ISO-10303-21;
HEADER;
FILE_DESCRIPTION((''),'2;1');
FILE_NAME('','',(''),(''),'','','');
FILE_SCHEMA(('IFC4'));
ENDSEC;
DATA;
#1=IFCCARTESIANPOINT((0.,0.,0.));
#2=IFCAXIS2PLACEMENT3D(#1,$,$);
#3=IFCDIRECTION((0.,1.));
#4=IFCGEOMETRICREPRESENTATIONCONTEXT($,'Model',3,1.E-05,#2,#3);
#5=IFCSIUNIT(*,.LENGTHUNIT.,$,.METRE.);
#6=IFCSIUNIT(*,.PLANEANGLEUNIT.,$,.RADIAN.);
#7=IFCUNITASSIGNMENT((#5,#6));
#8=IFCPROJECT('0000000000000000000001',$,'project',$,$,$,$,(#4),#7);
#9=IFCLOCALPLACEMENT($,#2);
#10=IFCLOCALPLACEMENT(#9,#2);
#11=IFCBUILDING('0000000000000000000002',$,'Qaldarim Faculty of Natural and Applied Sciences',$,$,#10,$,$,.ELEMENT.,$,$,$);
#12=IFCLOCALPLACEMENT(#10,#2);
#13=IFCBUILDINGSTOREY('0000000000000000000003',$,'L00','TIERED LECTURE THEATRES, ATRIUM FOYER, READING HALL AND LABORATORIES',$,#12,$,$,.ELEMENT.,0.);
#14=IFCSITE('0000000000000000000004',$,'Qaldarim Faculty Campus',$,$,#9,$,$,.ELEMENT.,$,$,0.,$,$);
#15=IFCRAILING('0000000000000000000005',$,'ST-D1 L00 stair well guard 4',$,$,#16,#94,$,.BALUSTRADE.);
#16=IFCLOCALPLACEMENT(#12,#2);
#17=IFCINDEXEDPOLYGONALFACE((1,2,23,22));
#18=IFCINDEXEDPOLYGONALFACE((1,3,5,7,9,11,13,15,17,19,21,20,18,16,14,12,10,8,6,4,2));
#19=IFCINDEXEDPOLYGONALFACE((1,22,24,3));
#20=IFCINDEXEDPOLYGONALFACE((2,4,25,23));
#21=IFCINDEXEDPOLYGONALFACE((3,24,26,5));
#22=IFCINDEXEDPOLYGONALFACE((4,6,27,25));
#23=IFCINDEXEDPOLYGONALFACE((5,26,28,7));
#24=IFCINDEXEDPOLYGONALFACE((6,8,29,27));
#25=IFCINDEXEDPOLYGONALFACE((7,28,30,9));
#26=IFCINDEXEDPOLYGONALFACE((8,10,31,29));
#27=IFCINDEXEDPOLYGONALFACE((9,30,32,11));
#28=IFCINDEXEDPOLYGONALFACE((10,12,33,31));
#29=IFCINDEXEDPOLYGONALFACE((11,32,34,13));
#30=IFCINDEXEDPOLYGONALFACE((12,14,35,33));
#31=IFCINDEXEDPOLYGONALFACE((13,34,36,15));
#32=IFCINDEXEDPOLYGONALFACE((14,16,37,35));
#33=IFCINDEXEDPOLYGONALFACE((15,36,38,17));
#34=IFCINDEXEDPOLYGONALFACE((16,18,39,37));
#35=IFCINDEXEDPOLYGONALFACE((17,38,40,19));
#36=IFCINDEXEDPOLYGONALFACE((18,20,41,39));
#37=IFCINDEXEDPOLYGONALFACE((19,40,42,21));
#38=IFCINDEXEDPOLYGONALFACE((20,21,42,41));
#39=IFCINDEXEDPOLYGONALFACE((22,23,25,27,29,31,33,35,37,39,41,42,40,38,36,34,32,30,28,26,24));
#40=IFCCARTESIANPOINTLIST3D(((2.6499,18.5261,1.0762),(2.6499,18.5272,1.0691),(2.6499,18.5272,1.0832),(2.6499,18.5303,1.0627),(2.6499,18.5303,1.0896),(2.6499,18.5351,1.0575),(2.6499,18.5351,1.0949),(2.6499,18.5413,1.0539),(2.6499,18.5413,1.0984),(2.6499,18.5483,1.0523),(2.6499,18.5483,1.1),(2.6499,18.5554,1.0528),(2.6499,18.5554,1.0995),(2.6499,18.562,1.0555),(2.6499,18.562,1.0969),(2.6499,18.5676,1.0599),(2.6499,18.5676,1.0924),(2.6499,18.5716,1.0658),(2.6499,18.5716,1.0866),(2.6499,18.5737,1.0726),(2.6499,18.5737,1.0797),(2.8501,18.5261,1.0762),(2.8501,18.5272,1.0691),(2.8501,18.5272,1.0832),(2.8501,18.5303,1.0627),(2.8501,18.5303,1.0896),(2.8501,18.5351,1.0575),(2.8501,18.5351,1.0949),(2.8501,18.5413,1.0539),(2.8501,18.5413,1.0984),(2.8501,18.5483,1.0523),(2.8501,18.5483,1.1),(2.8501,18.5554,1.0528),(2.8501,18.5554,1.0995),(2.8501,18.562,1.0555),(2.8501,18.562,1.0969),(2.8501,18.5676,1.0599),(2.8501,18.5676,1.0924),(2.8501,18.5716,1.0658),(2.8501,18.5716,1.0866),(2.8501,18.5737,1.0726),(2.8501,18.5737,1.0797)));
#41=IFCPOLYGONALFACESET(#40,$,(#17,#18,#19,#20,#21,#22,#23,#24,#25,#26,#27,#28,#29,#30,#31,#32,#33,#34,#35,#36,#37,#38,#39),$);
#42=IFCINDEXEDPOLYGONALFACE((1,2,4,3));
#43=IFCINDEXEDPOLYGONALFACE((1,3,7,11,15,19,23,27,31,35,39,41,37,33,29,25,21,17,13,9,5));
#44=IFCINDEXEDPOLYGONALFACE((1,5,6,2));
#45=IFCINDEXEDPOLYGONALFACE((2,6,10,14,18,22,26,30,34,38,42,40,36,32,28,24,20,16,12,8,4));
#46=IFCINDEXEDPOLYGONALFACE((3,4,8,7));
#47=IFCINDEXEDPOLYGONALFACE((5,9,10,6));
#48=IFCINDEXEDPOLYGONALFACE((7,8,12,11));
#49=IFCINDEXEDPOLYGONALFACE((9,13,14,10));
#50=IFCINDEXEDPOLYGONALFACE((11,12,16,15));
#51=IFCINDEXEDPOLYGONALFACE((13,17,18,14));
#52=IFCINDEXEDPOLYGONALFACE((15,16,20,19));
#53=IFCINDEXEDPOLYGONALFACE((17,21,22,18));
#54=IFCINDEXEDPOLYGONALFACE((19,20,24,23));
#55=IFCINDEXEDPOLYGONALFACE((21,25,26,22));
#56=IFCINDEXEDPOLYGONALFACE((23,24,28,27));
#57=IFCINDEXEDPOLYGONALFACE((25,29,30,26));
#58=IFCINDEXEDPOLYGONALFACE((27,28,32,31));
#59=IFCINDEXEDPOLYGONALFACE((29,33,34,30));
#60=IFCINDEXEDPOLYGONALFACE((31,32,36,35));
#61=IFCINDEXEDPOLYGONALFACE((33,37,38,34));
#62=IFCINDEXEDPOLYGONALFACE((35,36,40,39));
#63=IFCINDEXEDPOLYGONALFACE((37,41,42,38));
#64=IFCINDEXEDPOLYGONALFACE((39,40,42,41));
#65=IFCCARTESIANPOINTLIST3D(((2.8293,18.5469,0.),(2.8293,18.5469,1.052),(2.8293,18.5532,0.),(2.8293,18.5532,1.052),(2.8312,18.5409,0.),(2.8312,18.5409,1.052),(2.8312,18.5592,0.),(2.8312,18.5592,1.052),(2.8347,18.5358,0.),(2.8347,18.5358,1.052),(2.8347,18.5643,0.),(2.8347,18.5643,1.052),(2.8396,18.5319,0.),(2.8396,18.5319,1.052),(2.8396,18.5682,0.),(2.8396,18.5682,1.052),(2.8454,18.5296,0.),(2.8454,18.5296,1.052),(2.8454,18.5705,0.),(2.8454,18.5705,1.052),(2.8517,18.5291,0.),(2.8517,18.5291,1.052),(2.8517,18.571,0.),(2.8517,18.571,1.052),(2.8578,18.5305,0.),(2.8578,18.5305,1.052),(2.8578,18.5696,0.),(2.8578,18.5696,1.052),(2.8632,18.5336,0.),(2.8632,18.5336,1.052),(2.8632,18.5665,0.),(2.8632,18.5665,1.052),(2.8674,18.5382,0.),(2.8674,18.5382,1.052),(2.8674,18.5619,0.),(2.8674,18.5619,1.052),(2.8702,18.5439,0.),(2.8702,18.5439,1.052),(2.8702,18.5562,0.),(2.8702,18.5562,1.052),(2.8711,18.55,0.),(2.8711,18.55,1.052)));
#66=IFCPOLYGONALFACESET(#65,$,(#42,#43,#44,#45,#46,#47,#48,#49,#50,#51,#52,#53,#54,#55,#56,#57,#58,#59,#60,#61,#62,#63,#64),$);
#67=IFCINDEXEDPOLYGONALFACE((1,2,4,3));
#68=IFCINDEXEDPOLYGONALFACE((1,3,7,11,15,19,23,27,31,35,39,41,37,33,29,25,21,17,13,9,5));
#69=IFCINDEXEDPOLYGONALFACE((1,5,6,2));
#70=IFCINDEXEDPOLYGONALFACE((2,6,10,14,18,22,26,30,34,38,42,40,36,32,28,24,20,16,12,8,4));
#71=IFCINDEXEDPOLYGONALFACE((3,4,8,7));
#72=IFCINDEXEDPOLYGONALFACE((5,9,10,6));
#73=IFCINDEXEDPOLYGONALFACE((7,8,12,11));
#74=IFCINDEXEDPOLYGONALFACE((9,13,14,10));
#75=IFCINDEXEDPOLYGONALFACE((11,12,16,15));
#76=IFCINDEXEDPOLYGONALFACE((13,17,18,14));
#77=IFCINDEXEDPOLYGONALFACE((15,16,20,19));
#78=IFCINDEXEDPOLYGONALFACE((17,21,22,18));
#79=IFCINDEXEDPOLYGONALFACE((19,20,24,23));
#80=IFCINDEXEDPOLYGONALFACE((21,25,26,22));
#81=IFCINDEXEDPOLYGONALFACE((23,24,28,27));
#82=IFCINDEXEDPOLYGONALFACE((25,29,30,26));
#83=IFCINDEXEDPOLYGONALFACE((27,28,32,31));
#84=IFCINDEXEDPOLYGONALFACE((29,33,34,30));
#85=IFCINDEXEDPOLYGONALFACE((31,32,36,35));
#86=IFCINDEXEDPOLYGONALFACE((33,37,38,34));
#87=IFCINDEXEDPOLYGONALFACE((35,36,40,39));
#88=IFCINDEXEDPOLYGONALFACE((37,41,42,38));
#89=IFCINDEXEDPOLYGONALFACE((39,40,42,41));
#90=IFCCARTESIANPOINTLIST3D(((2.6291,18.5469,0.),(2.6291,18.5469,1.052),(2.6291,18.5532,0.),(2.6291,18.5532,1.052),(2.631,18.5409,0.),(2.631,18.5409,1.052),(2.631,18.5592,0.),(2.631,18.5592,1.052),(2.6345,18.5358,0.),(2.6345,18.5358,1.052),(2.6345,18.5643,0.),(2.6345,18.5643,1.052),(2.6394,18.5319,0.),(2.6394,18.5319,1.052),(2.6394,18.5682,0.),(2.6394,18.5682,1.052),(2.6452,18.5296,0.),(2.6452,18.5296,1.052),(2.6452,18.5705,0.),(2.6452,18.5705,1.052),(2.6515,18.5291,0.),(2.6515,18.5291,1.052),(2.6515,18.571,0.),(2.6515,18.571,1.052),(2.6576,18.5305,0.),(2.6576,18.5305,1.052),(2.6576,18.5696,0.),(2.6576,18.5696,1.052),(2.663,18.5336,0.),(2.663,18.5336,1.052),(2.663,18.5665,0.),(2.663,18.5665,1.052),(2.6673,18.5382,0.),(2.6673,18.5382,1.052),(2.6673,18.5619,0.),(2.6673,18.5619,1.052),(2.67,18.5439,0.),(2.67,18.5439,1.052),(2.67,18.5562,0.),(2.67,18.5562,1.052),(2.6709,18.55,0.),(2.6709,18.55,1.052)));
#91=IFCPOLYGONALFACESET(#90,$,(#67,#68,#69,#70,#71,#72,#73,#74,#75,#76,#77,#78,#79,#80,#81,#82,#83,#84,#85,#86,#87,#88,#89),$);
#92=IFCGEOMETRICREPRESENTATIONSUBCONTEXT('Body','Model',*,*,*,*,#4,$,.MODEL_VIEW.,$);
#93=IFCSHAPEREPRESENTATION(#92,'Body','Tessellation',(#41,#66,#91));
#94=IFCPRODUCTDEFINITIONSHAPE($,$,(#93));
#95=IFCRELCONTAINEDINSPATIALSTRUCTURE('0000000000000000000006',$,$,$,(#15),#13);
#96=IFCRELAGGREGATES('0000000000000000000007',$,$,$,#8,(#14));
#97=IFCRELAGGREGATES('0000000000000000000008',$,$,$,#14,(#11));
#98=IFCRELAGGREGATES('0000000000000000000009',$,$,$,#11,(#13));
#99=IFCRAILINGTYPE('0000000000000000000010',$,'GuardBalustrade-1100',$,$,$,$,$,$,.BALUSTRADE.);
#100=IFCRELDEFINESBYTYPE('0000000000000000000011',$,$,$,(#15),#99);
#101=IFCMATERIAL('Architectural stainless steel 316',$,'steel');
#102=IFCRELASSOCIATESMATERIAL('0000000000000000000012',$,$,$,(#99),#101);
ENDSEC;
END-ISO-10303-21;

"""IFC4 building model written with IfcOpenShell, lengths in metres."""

from ifc_helpers import new_model, si_unit, direction, frame, origin, origin_2d, place, context, subcontext, project, spatial, circle, extrude, material, type_object, element, save


model = new_model("IFC4")

# Units and contexts
model_context = context("Model", 3, precision=1e-05, world=origin(), true_north=direction((0.0, 1.0)))
body_context = subcontext(model_context, "Body", "Model", "MODEL_VIEW")
ifc_project = project(units=[si_unit("LENGTHUNIT", "METRE"), si_unit("PLANEANGLEUNIT", "RADIAN")], contexts=[model_context])

# Site, building, storey
site_placement = place(None, origin())
site = spatial("IfcSite", under=ifc_project, at=site_placement, Name="Qaldarim Faculty Campus", CompositionType="ELEMENT", RefElevation=0.0)
building_placement = place(site_placement, origin())
building = spatial("IfcBuilding", under=site, at=building_placement, Name="Qaldarim Faculty of Natural and Applied Sciences", CompositionType="ELEMENT")
storey_placement = place(building_placement, origin())
storey = spatial("IfcBuildingStorey", under=building, at=storey_placement, Name="L00", Description="TIERED LECTURE THEATRES, ATRIUM FOYER, READING HALL AND LABORATORIES", CompositionType="ELEMENT", Elevation=0.0)

# Shared definitions
ifc_material_1 = material(Name="Architectural stainless steel 316", Category="steel")

# Railing
railing_type_1 = type_object("IfcRailingType", Name="GuardBalustrade-1100", PredefinedType="BALUSTRADE", material=ifc_material_1)
railing_1_placement = place(storey_placement, frame((2.8501, 18.55, 0.0)))
element("IfcRailing", 1, at=railing_1_placement, inside=storey, type_object=railing_type_1, Name="ST-D1 L00 stair well guard 4", PredefinedType="BALUSTRADE", context=body_context, shape_type="SweptSolid", body=[
    extrude(circle(Radius=0.0239, at=origin_2d()), frame((0.0, 0.0, 1.0762), z_axis=(-1.0, 0.0, 0.0), x_axis=(0.0, -1.0, 0.0)), (0.0, 0.0, 1.0), 0.2002),
    extrude(circle(Radius=0.021, at=origin_2d()), origin(), (0.0, 0.0, 1.0), 1.052),
    extrude(circle(Radius=0.021, at=origin_2d()), frame((-0.2002, 0.0, 0.0)), (0.0, 0.0, 1.0), 1.052),
])

save(model, "model.ifc")
